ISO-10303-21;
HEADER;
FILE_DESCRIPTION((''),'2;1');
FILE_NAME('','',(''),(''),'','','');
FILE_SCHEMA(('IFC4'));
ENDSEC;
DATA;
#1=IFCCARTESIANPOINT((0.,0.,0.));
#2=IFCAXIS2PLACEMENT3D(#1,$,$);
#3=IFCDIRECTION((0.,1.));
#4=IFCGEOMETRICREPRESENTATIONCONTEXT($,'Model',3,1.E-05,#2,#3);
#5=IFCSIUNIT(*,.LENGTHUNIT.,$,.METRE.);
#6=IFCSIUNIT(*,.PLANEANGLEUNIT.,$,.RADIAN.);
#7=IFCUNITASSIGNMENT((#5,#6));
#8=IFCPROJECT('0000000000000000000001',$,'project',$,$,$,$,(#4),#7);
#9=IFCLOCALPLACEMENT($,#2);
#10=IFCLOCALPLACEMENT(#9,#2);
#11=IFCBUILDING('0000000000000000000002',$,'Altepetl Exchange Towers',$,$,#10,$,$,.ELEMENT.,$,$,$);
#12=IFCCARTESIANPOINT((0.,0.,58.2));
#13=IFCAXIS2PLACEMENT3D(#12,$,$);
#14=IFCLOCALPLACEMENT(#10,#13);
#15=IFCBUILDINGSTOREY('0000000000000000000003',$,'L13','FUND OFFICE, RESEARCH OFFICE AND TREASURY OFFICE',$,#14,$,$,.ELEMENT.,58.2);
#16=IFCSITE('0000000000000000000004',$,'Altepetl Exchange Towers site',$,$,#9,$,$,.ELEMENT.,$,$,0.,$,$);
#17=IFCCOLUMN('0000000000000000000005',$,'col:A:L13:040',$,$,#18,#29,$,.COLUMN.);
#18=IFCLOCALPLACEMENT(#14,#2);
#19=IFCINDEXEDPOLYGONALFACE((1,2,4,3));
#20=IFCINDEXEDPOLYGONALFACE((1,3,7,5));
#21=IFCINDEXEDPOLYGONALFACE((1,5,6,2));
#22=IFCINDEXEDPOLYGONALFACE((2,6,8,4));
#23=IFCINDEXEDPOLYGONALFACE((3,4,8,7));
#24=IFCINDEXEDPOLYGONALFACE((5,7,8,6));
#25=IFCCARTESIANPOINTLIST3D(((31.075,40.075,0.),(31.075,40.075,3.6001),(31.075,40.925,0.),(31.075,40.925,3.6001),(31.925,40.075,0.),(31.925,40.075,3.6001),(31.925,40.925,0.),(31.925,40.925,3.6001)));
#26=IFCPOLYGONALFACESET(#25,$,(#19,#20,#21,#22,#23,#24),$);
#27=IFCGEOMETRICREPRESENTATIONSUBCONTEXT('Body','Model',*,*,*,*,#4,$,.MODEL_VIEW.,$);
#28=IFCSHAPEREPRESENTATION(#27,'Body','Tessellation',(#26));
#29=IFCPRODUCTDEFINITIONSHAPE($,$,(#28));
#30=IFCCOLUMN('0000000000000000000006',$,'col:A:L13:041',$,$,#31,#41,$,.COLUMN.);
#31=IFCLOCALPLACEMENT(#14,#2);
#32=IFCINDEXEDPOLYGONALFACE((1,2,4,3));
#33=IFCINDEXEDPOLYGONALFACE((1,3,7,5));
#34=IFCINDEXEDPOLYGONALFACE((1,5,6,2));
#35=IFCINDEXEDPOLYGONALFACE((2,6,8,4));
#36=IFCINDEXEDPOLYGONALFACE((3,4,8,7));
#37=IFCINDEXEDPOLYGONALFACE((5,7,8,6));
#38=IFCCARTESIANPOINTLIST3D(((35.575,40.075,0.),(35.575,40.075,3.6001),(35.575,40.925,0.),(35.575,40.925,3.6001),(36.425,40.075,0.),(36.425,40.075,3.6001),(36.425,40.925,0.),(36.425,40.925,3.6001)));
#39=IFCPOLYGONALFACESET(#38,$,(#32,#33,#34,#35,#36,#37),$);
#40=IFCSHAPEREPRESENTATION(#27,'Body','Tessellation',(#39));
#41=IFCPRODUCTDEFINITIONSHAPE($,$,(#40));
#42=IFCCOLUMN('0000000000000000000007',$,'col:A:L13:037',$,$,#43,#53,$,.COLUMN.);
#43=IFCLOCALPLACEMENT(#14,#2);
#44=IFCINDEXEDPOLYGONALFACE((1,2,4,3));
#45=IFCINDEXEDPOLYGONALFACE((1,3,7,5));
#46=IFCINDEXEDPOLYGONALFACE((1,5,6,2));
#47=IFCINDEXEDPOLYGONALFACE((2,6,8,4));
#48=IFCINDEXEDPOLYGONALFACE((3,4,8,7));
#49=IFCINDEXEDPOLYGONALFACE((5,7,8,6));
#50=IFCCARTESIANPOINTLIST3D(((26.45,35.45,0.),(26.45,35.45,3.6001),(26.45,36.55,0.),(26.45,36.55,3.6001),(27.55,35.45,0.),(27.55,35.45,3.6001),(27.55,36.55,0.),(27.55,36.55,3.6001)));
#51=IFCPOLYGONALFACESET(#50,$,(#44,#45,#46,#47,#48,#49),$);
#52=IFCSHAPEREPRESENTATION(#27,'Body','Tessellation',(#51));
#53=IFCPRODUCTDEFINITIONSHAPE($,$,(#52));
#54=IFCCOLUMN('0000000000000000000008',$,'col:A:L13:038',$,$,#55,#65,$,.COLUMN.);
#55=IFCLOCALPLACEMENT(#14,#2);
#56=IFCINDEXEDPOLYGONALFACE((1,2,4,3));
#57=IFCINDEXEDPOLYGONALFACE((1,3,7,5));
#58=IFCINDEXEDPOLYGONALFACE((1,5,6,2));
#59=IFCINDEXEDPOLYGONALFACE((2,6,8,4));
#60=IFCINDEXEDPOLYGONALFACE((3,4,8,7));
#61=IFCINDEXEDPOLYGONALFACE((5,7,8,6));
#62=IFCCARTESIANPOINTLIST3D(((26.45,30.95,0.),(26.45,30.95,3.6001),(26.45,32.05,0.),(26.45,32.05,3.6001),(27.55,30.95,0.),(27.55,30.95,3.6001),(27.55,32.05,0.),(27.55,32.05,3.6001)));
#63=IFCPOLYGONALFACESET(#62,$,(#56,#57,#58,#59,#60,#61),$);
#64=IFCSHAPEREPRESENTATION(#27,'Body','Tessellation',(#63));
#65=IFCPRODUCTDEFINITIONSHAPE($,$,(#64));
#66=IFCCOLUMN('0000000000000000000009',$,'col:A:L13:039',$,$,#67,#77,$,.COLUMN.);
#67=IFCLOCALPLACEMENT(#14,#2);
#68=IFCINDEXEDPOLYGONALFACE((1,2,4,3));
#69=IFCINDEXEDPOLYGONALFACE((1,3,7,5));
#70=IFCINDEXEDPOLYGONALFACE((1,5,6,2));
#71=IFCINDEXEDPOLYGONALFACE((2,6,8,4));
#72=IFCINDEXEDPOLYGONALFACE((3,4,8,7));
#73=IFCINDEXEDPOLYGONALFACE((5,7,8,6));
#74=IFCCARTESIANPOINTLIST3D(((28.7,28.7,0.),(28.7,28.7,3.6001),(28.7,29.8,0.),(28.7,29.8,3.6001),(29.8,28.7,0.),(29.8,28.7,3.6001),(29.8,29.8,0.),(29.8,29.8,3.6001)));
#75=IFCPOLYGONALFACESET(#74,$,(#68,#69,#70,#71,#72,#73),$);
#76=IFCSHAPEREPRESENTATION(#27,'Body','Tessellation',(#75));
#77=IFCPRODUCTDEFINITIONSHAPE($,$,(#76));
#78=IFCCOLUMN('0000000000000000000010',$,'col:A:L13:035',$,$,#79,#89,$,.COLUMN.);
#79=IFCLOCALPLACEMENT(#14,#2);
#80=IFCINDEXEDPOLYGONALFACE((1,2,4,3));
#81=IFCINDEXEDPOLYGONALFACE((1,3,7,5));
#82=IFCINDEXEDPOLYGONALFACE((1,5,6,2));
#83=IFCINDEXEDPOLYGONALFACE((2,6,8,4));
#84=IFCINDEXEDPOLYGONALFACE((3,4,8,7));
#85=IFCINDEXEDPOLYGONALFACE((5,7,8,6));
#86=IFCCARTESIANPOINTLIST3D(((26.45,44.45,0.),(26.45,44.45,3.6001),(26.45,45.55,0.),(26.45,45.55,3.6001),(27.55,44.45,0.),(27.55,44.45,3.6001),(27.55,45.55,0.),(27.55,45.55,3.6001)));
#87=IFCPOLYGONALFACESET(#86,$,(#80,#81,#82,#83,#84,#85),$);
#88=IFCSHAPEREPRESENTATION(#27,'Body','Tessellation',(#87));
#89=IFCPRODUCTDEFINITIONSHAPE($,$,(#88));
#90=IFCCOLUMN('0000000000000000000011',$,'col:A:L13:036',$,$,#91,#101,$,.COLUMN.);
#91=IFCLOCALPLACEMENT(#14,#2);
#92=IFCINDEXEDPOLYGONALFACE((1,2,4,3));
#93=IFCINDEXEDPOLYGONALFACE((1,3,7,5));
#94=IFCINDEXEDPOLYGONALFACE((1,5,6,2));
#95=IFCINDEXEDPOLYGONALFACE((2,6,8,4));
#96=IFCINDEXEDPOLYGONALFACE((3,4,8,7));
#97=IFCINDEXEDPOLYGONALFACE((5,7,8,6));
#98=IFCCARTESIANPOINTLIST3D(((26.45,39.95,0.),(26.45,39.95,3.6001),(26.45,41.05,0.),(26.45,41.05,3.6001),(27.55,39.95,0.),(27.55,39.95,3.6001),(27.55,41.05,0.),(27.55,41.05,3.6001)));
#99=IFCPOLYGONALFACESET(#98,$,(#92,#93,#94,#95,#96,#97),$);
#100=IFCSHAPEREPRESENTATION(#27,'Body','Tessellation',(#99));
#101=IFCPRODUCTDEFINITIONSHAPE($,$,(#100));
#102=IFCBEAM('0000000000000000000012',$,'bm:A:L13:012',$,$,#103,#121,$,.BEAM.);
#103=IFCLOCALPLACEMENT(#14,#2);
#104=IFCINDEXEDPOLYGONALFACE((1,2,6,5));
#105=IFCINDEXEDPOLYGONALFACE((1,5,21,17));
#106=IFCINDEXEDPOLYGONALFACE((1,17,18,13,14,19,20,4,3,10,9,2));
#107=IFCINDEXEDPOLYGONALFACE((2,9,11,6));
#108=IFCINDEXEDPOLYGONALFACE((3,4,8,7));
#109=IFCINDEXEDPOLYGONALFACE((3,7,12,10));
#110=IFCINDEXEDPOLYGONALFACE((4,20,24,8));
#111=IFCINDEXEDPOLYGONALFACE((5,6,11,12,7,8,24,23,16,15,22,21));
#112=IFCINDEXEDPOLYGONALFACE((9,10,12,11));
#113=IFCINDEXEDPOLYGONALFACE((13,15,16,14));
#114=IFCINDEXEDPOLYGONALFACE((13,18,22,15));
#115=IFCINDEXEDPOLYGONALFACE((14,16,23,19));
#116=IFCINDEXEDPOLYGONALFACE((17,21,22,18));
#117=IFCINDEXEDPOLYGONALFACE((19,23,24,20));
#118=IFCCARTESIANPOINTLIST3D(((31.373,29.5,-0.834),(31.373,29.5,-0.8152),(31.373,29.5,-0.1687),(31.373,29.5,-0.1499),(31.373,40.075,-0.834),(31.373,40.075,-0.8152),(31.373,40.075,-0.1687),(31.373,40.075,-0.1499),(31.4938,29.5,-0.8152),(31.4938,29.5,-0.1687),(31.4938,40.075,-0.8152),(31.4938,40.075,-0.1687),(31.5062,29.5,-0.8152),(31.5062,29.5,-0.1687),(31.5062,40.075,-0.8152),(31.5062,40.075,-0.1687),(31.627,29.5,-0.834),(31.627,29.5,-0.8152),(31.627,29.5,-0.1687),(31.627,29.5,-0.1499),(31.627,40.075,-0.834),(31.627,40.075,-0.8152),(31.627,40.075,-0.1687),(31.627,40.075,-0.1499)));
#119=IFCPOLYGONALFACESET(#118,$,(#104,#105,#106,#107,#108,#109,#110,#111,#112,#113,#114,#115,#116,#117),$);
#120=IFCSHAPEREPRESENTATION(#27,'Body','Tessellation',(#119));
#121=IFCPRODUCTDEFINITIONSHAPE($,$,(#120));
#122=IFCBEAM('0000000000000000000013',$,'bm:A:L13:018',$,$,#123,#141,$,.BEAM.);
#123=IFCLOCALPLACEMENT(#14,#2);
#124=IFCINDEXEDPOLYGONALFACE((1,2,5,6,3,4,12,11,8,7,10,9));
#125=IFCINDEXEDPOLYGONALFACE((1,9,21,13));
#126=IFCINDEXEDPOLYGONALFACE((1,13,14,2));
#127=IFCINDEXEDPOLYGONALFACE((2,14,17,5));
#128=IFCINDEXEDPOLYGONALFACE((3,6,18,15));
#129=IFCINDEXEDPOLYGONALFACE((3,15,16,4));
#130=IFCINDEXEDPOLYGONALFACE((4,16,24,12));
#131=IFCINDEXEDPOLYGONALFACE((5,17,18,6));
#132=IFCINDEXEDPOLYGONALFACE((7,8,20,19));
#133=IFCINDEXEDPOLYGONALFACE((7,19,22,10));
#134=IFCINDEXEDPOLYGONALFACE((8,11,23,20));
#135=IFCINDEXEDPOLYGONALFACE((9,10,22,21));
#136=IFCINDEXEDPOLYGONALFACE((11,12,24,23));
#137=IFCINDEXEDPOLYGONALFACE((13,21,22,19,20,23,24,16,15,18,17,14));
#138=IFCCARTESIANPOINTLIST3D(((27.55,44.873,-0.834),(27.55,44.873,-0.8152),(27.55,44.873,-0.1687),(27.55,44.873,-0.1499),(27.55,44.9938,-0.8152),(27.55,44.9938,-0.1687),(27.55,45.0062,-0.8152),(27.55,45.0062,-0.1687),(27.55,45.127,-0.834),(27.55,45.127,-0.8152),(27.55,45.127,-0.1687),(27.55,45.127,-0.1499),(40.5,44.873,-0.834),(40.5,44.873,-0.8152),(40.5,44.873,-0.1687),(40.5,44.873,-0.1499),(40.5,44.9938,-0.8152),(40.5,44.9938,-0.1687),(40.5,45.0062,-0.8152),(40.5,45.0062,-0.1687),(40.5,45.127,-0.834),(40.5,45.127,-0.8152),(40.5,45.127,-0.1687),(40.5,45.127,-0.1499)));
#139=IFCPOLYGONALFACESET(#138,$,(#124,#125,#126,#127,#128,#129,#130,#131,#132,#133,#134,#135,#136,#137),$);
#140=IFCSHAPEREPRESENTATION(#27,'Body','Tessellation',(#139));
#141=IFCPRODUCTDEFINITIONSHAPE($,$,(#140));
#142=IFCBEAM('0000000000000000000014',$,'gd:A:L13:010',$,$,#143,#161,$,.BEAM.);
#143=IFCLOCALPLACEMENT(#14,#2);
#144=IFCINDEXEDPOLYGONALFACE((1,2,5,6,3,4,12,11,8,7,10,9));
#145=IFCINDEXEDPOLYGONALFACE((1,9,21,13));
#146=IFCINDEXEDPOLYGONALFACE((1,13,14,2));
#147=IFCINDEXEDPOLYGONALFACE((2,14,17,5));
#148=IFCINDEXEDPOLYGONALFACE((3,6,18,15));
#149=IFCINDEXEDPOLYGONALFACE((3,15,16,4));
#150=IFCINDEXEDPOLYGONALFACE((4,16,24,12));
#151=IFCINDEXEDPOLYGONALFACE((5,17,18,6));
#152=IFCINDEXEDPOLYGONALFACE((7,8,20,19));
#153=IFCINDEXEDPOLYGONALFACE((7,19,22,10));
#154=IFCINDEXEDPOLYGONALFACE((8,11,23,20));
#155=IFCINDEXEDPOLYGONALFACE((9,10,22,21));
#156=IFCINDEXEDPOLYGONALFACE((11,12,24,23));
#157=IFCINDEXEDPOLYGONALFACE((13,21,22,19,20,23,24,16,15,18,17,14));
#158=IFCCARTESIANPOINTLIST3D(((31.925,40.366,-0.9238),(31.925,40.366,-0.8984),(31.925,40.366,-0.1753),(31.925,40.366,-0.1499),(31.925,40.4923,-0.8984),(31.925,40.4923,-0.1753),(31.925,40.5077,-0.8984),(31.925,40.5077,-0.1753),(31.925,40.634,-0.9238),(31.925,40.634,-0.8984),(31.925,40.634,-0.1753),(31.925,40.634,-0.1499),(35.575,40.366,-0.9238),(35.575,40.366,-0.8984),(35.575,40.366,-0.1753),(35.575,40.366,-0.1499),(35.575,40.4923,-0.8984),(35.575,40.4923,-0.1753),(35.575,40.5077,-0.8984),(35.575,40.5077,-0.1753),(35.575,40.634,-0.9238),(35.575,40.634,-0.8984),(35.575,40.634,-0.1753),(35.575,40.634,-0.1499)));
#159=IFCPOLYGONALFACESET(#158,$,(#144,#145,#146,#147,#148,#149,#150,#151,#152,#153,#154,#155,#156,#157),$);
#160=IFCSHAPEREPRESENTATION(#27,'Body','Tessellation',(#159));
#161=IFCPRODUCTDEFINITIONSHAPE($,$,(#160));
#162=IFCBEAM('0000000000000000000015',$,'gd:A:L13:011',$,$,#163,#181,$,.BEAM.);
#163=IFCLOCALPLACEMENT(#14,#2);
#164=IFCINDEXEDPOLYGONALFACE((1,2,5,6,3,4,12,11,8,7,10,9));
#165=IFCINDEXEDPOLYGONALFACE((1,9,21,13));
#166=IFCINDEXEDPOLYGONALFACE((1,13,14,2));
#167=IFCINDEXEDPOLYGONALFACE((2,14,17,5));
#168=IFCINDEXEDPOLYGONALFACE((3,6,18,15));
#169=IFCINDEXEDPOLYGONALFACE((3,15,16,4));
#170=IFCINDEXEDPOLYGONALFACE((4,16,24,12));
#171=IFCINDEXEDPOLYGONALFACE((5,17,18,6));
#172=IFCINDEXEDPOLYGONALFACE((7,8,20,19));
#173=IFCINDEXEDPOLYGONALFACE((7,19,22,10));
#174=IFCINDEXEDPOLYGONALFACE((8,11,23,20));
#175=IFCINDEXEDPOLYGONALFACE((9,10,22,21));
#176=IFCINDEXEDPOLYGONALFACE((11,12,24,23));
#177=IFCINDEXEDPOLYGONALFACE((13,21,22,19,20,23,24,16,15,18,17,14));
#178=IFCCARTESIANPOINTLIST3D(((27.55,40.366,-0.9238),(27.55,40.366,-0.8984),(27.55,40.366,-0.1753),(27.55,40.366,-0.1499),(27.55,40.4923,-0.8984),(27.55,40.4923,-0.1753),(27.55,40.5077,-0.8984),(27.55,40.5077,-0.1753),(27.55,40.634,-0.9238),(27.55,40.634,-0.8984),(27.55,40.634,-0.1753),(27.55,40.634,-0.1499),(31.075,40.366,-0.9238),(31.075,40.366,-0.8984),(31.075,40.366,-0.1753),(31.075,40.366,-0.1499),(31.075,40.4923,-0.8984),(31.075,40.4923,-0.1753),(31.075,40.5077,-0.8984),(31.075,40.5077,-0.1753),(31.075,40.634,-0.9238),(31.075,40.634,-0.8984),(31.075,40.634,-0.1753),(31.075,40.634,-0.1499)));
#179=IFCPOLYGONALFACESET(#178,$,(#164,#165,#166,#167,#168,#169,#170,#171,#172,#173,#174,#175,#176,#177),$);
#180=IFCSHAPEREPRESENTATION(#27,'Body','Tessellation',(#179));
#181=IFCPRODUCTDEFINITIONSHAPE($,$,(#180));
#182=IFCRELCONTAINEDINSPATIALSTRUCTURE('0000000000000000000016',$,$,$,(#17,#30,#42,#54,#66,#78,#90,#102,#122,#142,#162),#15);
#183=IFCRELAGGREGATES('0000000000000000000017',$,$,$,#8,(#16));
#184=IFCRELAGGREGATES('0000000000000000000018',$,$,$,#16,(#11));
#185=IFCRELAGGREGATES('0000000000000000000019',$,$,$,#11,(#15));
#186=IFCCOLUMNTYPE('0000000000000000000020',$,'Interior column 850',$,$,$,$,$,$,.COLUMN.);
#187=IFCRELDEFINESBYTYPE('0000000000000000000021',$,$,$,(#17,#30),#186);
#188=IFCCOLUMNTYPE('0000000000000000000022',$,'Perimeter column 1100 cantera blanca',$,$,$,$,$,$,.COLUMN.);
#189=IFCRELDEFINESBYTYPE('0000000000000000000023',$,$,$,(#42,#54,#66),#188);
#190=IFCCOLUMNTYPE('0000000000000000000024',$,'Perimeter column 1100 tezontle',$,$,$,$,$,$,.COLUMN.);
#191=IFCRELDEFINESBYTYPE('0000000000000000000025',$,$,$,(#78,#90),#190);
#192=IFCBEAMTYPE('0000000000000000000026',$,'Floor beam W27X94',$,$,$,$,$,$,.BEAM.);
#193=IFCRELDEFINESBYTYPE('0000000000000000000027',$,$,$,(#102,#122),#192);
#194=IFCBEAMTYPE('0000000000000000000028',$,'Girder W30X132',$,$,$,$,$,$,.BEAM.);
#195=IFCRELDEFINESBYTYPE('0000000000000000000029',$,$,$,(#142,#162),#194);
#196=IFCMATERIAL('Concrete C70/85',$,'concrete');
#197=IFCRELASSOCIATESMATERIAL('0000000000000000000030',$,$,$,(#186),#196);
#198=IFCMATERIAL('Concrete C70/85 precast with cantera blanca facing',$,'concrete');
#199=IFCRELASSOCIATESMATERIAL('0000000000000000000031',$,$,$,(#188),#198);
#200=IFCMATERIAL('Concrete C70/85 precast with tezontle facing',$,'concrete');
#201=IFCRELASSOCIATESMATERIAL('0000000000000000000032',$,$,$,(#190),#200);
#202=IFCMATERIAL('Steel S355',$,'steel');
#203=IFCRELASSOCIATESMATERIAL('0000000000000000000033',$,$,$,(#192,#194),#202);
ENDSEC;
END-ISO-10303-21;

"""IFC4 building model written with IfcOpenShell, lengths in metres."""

from ifc_helpers import new_model, si_unit, direction, frame, origin, origin_2d, place, context, subcontext, project, spatial, rectangle, i_section, extrude, material, material_profile, profile_set, type_object, element, save


model = new_model("IFC4")

# Units and contexts
model_context = context("Model", 3, precision=1e-05, world=origin(), true_north=direction((0.0, 1.0)))
body_context = subcontext(model_context, "Body", "Model", "MODEL_VIEW")
ifc_project = project(units=[si_unit("LENGTHUNIT", "METRE"), si_unit("PLANEANGLEUNIT", "RADIAN")], contexts=[model_context])

# Site, building, storey
site_placement = place(None, origin())
site = spatial("IfcSite", under=ifc_project, at=site_placement, Name="Altepetl Exchange Towers site", CompositionType="ELEMENT", RefElevation=0.0)
building_placement = place(site_placement, origin())
building = spatial("IfcBuilding", under=site, at=building_placement, Name="Altepetl Exchange Towers", CompositionType="ELEMENT")
storey_placement = place(building_placement, frame((0.0, 0.0, 58.2)))
storey = spatial("IfcBuildingStorey", under=building, at=storey_placement, Name="L13", Description="FUND OFFICE, RESEARCH OFFICE AND TREASURY OFFICE", CompositionType="ELEMENT", Elevation=58.2)

# Columns
ifc_material_1 = material(Name="Concrete C70/85", Category="concrete")
ifc_material_profile_1 = material_profile(ifc_material_1, rectangle(XDim=0.8501, YDim=0.8501, at=origin_2d()), Name="850 x 850")
ifc_profile_set_1 = profile_set([ifc_material_profile_1], Name="Concrete C70/85")
column_type_1 = type_object("IfcColumnType", Name="Interior column 850", PredefinedType="COLUMN", material=ifc_profile_set_1)
for number, where, name in (
    (1, (31.5, 40.5, 0.0), "col:A:L13:040"),
    (2, (36.0, 40.5, 0.0), "col:A:L13:041"),
):
    element("IfcColumn", number, at=place(storey_placement, frame(where)), inside=storey, type_object=column_type_1, Name=name, PredefinedType="COLUMN", context=body_context, shape_type="SweptSolid", body=[
        extrude(rectangle(XDim=0.8501, YDim=0.8501, at=origin_2d()), origin(), (0.0, 0.0, 1.0), 3.6001),
    ])
ifc_material_2 = material(Name="Concrete C70/85 precast with cantera blanca facing", Category="concrete")
ifc_material_profile_2 = material_profile(ifc_material_2, rectangle(XDim=1.1001, YDim=1.1001, at=origin_2d()), Name="1100 x 1100")
ifc_profile_set_2 = profile_set([ifc_material_profile_2], Name="Concrete C70/85 precast with cantera blanca facing")
column_type_2 = type_object("IfcColumnType", Name="Perimeter column 1100 cantera blanca", PredefinedType="COLUMN", material=ifc_profile_set_2)
for number, where, name in (
    (3, (27.0, 36.0, 0.0), "col:A:L13:037"),
    (4, (27.0, 31.5, 0.0), "col:A:L13:038"),
    (5, (29.25, 29.25, 0.0), "col:A:L13:039"),
):
    element("IfcColumn", number, at=place(storey_placement, frame(where)), inside=storey, type_object=column_type_2, Name=name, PredefinedType="COLUMN", context=body_context, shape_type="SweptSolid", body=[
        extrude(rectangle(XDim=1.1001, YDim=1.1001, at=origin_2d()), origin(), (0.0, 0.0, 1.0), 3.6001),
    ])
ifc_material_3 = material(Name="Concrete C70/85 precast with tezontle facing", Category="concrete")
ifc_material_profile_3 = material_profile(ifc_material_3, rectangle(XDim=1.1001, YDim=1.1001, at=origin_2d()), Name="1100 x 1100")
ifc_profile_set_3 = profile_set([ifc_material_profile_3], Name="Concrete C70/85 precast with tezontle facing")
column_type_3 = type_object("IfcColumnType", Name="Perimeter column 1100 tezontle", PredefinedType="COLUMN", material=ifc_profile_set_3)
for number, where, name in (
    (6, (27.0, 45.0, 0.0), "col:A:L13:035"),
    (7, (27.0, 40.5, 0.0), "col:A:L13:036"),
):
    element("IfcColumn", number, at=place(storey_placement, frame(where)), inside=storey, type_object=column_type_3, Name=name, PredefinedType="COLUMN", context=body_context, shape_type="SweptSolid", body=[
        extrude(rectangle(XDim=1.1001, YDim=1.1001, at=origin_2d()), origin(), (0.0, 0.0, 1.0), 3.6001),
    ])

# Beams
ifc_material_4 = material(Name="Steel S355", Category="steel")
ifc_material_profile_4 = material_profile(ifc_material_4, i_section(OverallWidth=0.2539, OverallDepth=0.6841, WebThickness=0.0125, FlangeThickness=0.0188, at=origin_2d()), Name="W27X94")
ifc_profile_set_4 = profile_set([ifc_material_profile_4], Name="Steel S355")
beam_type_1 = type_object("IfcBeamType", Name="Floor beam W27X94", PredefinedType="BEAM", material=ifc_profile_set_4)
beam_1_placement = place(storey_placement, frame((31.5, 29.5, -0.4919), z_axis=(0.0, 1.0, 0.0), x_axis=(-1.0, 0.0, 0.0)))
element("IfcBeam", 8, at=beam_1_placement, inside=storey, type_object=beam_type_1, Name="bm:A:L13:012", PredefinedType="BEAM", context=body_context, shape_type="SweptSolid", body=[
    extrude(i_section(OverallWidth=0.2539, OverallDepth=0.6841, WebThickness=0.0125, FlangeThickness=0.0188, at=origin_2d()), origin(), (0.0, 0.0, 1.0), 10.575),
])
beam_2_placement = place(storey_placement, frame((27.55, 45.0, -0.4919), z_axis=(1.0, 0.0, 0.0), x_axis=(0.0, 1.0, 0.0)))
element("IfcBeam", 9, at=beam_2_placement, inside=storey, type_object=beam_type_1, Name="bm:A:L13:018", PredefinedType="BEAM", context=body_context, shape_type="SweptSolid", body=[
    extrude(i_section(OverallWidth=0.2539, OverallDepth=0.6841, WebThickness=0.0125, FlangeThickness=0.0188, at=origin_2d()), origin(), (0.0, 0.0, 1.0), 12.95),
])
ifc_material_profile_5 = material_profile(ifc_material_4, i_section(OverallWidth=0.2681, OverallDepth=0.7739, WebThickness=0.0154, FlangeThickness=0.0254, at=origin_2d()), Name="W30X132")
ifc_profile_set_5 = profile_set([ifc_material_profile_5], Name="Steel S355")
beam_type_2 = type_object("IfcBeamType", Name="Girder W30X132", PredefinedType="BEAM", material=ifc_profile_set_5)
beam_3_placement = place(storey_placement, frame((35.575, 40.5, -0.5369), z_axis=(-1.0, 0.0, 0.0), x_axis=(0.0, -1.0, 0.0)))
element("IfcBeam", 10, at=beam_3_placement, inside=storey, type_object=beam_type_2, Name="gd:A:L13:010", PredefinedType="BEAM", context=body_context, shape_type="SweptSolid", body=[
    extrude(i_section(OverallWidth=0.2681, OverallDepth=0.7739, WebThickness=0.0154, FlangeThickness=0.0254, at=origin_2d()), origin(), (0.0, 0.0, 1.0), 3.6499),
])
beam_4_placement = place(storey_placement, frame((31.075, 40.5, -0.5369), z_axis=(-1.0, 0.0, 0.0), x_axis=(0.0, -1.0, 0.0)))
element("IfcBeam", 11, at=beam_4_placement, inside=storey, type_object=beam_type_2, Name="gd:A:L13:011", PredefinedType="BEAM", context=body_context, shape_type="SweptSolid", body=[
    extrude(i_section(OverallWidth=0.2681, OverallDepth=0.7739, WebThickness=0.0154, FlangeThickness=0.0254, at=origin_2d()), origin(), (0.0, 0.0, 1.0), 3.5249),
])

save(model, "model.ifc")
